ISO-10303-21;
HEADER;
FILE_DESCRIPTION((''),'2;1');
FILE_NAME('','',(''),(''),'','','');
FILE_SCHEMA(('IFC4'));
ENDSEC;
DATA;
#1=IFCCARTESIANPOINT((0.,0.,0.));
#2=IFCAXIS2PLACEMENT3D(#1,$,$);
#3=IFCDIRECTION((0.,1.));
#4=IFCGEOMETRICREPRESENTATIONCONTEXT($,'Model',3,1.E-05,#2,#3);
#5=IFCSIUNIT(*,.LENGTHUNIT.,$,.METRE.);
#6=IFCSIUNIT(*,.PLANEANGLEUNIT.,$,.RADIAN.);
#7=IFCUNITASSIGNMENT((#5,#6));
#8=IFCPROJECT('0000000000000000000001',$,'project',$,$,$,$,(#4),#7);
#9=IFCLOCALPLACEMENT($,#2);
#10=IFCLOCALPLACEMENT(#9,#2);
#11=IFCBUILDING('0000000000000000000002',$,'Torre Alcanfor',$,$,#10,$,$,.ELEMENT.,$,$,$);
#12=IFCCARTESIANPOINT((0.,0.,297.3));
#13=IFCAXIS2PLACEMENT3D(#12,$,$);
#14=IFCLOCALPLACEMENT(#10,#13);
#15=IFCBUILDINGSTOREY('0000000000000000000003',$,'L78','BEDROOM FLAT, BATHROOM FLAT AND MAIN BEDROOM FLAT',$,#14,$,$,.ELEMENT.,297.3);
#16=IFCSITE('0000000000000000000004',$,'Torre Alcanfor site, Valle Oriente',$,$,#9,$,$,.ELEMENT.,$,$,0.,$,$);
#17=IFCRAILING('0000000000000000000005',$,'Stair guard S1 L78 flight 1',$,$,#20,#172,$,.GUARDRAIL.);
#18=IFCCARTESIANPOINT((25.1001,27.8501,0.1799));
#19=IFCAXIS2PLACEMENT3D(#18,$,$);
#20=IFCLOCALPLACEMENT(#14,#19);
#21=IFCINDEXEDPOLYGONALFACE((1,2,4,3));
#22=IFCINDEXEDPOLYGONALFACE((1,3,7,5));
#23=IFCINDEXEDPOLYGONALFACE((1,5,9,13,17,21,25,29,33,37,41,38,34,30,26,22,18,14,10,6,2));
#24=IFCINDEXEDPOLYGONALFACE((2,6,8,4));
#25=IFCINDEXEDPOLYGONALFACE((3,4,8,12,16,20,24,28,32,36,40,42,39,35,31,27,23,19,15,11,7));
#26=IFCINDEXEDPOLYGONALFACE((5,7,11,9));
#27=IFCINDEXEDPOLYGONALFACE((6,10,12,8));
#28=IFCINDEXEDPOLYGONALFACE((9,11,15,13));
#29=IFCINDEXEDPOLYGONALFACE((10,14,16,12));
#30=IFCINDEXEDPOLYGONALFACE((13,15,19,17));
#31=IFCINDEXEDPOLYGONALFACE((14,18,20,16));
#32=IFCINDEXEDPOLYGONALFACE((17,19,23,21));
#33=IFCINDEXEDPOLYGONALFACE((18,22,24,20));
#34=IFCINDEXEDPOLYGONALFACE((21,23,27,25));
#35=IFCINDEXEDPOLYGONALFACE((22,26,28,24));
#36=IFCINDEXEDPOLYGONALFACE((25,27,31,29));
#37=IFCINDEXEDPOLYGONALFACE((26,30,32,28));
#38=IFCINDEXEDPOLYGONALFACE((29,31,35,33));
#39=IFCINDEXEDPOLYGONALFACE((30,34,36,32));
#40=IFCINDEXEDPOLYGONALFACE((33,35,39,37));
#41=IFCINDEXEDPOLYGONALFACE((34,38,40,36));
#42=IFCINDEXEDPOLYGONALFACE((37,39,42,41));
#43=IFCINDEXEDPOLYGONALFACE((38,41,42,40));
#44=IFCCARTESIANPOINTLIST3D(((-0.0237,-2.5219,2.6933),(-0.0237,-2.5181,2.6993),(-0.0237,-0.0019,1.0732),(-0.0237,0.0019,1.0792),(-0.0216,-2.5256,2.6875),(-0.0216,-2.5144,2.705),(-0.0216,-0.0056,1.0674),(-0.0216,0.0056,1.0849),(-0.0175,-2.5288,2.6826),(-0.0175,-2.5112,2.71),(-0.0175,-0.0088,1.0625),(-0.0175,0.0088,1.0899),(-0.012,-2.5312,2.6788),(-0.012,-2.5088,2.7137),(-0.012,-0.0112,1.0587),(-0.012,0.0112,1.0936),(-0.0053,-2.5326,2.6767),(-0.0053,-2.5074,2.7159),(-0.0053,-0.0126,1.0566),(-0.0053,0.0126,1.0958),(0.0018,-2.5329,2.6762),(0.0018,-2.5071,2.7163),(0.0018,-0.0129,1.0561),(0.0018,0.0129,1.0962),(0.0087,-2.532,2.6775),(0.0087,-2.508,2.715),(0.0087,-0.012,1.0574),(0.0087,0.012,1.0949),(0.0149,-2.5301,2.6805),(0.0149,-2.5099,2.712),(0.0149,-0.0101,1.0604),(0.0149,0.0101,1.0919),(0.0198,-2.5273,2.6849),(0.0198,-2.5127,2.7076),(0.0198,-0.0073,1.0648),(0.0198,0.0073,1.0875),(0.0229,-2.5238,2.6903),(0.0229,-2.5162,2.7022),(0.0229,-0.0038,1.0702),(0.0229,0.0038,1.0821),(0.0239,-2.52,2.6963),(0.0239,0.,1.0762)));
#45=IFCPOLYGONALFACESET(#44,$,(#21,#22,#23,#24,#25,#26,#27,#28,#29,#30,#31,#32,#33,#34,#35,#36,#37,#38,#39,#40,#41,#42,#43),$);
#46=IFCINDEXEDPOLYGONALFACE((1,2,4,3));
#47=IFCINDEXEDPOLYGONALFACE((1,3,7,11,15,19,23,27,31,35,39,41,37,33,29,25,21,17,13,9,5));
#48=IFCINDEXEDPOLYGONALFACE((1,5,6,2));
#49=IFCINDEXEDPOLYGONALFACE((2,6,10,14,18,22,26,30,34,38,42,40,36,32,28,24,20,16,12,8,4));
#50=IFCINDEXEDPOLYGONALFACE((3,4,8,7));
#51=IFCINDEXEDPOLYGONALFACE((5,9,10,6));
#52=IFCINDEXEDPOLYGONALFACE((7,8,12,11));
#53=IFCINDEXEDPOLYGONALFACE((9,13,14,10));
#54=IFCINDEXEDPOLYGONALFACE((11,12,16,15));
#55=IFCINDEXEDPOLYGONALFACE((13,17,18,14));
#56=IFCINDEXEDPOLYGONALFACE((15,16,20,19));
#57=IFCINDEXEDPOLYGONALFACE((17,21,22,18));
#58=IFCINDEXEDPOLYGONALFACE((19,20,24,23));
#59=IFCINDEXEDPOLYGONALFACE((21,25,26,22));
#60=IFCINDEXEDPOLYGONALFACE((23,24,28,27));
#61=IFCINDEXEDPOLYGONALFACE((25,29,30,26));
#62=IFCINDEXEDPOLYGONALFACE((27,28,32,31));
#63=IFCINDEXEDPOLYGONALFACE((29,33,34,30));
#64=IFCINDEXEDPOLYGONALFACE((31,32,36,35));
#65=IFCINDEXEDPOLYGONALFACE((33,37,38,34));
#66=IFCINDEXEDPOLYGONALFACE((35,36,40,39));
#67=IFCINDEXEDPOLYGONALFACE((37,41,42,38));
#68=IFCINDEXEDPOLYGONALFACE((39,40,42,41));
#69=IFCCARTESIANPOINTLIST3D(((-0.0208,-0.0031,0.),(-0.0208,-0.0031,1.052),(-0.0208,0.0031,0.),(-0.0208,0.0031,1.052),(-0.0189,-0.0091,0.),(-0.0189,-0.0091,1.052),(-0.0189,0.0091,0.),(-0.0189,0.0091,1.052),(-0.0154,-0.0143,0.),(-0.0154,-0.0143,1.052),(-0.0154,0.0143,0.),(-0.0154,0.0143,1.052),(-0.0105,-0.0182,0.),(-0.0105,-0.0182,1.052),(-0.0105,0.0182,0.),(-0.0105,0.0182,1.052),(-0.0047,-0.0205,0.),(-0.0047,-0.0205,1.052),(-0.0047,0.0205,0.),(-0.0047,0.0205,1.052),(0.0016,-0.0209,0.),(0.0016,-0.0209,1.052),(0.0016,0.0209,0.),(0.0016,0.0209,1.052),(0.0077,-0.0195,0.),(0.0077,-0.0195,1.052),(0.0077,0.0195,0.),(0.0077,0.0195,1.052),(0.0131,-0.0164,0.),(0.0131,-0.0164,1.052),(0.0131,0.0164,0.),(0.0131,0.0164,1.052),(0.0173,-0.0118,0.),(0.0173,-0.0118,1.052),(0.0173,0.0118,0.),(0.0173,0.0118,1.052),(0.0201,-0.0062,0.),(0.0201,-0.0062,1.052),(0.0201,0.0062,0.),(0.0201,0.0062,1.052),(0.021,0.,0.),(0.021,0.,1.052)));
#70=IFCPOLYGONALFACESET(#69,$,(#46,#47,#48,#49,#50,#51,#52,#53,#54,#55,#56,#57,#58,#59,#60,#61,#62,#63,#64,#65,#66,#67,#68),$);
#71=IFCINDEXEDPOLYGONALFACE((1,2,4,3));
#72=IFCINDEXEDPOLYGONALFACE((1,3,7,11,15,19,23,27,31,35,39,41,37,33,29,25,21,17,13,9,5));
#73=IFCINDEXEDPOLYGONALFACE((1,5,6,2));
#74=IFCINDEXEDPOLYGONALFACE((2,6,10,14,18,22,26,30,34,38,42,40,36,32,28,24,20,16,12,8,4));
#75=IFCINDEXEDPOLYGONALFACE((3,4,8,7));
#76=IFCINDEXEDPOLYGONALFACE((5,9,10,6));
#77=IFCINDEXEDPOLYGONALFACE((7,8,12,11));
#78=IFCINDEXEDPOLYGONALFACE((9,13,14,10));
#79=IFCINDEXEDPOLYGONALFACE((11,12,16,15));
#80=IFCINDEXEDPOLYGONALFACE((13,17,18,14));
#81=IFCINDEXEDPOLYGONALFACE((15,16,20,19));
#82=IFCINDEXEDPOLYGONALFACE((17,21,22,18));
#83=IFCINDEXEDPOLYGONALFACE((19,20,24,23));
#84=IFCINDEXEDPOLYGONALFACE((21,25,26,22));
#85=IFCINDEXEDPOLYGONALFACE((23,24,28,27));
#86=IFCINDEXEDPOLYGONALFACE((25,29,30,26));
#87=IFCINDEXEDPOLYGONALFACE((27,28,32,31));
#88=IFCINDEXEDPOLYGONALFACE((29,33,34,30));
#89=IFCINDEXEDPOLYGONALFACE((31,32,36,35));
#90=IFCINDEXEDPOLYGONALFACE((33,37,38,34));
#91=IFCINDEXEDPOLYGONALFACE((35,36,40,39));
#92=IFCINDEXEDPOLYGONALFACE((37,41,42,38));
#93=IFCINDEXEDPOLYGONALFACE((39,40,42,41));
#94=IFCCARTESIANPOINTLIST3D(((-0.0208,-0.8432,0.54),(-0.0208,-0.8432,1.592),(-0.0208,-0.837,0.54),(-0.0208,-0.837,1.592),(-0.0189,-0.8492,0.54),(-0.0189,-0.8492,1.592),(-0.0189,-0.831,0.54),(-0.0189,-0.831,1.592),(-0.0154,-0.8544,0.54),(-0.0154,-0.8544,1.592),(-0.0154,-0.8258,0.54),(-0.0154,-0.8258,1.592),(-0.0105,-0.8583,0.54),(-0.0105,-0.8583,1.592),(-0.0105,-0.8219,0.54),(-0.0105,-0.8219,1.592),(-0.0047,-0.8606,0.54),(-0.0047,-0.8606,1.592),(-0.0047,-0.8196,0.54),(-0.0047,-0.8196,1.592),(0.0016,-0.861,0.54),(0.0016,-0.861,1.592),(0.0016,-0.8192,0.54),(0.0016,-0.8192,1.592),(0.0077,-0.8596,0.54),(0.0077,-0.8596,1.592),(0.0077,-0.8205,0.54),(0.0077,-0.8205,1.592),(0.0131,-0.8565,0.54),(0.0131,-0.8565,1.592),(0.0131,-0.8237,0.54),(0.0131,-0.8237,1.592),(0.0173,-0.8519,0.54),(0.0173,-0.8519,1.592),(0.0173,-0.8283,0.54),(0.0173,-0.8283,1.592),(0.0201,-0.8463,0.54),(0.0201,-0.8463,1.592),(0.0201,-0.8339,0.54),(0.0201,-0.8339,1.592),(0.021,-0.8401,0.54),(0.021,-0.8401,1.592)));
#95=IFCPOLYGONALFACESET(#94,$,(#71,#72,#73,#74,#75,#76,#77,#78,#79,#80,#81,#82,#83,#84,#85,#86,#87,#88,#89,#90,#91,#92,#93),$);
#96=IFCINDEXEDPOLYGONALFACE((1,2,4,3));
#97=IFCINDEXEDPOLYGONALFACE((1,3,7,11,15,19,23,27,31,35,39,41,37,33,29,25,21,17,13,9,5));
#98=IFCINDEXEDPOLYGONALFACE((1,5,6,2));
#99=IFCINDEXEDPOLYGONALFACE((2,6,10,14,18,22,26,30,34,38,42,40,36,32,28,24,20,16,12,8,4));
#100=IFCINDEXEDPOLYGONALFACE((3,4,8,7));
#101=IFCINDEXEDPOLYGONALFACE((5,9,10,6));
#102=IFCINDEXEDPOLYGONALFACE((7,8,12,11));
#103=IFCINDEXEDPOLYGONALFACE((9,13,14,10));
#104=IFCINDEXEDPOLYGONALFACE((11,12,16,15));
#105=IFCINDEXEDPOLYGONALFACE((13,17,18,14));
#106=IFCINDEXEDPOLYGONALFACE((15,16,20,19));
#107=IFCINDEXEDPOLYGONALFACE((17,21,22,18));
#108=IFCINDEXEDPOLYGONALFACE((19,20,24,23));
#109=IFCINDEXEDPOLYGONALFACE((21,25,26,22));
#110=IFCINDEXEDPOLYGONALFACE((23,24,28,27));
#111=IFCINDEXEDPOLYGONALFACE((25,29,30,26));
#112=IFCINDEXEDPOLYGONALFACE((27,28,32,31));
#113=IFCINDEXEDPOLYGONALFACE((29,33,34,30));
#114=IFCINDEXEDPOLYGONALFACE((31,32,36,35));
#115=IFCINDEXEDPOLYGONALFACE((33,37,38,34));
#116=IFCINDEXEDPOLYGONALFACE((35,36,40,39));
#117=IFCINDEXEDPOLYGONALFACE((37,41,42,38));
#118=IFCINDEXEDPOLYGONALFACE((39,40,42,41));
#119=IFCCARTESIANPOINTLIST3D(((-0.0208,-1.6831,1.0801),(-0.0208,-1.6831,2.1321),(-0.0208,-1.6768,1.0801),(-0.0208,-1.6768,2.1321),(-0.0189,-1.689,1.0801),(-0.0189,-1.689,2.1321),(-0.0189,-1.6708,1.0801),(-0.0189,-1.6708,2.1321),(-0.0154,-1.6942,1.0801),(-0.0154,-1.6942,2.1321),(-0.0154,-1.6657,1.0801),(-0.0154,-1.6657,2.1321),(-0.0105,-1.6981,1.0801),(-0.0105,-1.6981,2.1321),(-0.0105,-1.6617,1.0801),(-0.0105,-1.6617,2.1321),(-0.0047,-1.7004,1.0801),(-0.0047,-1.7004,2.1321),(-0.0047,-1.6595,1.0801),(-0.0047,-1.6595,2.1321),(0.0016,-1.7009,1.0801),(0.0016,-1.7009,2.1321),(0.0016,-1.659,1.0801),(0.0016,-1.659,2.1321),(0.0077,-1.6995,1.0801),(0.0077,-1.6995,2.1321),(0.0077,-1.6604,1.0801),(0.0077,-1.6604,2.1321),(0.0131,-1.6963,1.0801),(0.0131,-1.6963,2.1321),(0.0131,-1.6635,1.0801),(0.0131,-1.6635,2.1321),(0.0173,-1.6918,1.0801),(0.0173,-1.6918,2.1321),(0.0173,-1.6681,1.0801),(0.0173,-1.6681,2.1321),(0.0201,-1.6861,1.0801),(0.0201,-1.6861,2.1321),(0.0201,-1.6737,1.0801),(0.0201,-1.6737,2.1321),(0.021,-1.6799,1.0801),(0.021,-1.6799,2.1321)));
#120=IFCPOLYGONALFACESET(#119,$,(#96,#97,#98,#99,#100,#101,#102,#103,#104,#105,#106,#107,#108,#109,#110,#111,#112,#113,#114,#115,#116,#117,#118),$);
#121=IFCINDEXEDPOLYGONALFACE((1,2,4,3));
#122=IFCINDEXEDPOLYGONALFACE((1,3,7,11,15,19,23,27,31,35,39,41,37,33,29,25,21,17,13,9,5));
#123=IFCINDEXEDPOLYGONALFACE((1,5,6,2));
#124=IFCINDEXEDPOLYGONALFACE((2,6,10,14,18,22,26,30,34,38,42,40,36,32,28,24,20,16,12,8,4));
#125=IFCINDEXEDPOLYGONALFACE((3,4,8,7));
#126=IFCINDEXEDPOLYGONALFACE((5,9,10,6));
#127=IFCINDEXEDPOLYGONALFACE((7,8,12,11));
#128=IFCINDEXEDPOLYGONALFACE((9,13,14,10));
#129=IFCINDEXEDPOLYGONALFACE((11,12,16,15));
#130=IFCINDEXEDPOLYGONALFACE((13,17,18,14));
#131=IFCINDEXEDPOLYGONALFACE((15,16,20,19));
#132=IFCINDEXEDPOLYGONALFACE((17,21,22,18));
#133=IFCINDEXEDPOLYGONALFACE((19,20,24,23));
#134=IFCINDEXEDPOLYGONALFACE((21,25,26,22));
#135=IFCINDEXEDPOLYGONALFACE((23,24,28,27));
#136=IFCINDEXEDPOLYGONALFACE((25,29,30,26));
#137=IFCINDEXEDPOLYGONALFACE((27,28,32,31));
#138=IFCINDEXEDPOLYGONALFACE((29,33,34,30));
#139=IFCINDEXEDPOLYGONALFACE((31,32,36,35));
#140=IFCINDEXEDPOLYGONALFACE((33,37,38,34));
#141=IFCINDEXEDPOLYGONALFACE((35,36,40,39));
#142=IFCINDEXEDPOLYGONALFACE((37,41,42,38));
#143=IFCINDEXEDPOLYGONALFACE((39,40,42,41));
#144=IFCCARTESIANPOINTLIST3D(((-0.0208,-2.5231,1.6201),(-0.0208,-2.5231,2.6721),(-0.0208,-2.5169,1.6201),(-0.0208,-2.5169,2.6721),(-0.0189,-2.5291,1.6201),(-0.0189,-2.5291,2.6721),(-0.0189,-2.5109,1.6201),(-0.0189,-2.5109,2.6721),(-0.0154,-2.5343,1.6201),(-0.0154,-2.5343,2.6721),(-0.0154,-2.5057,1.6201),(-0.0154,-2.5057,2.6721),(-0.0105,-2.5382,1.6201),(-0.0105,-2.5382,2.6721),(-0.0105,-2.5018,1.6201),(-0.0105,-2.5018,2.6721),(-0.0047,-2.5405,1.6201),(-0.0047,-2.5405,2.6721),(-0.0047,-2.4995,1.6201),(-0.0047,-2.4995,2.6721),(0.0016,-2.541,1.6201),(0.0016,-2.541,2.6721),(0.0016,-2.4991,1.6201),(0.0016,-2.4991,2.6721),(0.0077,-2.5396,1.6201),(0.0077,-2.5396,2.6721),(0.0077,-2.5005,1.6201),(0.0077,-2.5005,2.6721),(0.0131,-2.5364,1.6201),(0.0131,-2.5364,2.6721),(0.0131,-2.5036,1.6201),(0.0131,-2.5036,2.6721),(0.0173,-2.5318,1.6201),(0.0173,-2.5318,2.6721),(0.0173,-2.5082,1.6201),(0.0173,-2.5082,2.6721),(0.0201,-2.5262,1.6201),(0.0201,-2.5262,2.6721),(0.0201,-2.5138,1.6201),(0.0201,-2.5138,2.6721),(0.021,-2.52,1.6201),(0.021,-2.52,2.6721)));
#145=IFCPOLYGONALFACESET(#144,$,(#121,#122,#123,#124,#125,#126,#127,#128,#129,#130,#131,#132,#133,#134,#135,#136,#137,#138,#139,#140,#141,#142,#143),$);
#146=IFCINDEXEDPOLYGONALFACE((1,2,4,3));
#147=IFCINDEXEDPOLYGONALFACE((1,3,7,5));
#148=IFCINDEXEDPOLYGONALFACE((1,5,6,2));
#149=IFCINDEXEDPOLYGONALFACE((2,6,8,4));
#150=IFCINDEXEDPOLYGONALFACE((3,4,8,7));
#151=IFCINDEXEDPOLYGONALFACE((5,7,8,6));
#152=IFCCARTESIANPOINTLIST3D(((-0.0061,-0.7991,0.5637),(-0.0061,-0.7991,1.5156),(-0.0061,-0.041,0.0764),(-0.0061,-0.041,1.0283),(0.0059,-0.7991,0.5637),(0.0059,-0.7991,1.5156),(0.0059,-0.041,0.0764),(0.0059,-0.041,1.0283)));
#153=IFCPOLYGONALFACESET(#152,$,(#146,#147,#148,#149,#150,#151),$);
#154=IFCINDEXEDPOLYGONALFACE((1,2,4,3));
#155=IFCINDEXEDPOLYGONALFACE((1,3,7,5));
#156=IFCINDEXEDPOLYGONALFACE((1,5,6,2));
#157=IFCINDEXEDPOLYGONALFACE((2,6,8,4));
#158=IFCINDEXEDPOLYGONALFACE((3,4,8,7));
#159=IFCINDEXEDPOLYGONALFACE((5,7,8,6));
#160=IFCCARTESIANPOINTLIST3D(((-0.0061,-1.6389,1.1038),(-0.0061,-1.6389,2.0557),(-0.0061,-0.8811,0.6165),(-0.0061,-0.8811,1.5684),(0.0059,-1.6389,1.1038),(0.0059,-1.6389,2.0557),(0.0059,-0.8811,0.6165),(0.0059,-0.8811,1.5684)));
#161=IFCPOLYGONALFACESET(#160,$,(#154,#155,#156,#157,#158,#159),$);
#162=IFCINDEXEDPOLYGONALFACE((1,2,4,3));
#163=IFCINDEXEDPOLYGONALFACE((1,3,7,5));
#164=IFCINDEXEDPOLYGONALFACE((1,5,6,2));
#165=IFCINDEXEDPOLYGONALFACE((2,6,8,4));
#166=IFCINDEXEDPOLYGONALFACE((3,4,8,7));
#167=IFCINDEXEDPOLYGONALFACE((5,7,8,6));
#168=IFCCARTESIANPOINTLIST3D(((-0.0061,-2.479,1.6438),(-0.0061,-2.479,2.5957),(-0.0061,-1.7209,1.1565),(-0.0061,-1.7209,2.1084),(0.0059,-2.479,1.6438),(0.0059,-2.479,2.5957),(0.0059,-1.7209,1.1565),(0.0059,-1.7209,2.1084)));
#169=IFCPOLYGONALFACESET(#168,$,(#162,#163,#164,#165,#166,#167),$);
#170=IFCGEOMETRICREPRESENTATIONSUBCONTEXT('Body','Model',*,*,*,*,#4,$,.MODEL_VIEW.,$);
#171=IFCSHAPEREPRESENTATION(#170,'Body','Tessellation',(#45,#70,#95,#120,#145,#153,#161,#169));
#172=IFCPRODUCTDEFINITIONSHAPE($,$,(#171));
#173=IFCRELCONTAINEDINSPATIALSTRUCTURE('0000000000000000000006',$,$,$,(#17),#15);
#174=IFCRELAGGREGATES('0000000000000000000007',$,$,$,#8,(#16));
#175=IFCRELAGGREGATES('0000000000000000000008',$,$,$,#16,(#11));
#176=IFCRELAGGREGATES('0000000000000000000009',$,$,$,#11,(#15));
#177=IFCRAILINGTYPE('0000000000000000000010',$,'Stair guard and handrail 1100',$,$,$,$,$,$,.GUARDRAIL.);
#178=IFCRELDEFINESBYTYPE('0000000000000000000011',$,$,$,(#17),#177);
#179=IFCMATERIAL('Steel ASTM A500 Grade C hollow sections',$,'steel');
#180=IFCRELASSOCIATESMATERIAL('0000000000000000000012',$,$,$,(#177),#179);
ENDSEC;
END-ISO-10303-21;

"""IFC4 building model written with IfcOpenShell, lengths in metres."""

from ifc_helpers import new_model, si_unit, direction, frame, origin, origin_2d, place, context, subcontext, project, spatial, polyline, circle, outline, extrude, material, type_object, element, save


model = new_model("IFC4")

# Units and contexts
model_context = context("Model", 3, precision=1e-05, world=origin(), true_north=direction((0.0, 1.0)))
body_context = subcontext(model_context, "Body", "Model", "MODEL_VIEW")
ifc_project = project(units=[si_unit("LENGTHUNIT", "METRE"), si_unit("PLANEANGLEUNIT", "RADIAN")], contexts=[model_context])

# Site, building, storey
site_placement = place(None, origin())
site = spatial("IfcSite", under=ifc_project, at=site_placement, Name="Torre Alcanfor site, Valle Oriente", CompositionType="ELEMENT", RefElevation=0.0)
building_placement = place(site_placement, origin())
building = spatial("IfcBuilding", under=site, at=building_placement, Name="Torre Alcanfor", CompositionType="ELEMENT")
storey_placement = place(building_placement, frame((0.0, 0.0, 297.3)))
storey = spatial("IfcBuildingStorey", under=building, at=storey_placement, Name="L78", Description="BEDROOM FLAT, BATHROOM FLAT AND MAIN BEDROOM FLAT", CompositionType="ELEMENT", Elevation=297.3)

# Railing
ifc_material_1 = material(Name="Steel ASTM A500 Grade C hollow sections", Category="steel")
railing_type_1 = type_object("IfcRailingType", Name="Stair guard and handrail 1100", PredefinedType="GUARDRAIL", material=ifc_material_1)
railing_1_placement = place(storey_placement, frame((25.1001, 27.8501, 0.1799)))
element("IfcRailing", 1, at=railing_1_placement, inside=storey, type_object=railing_type_1, Name="Stair guard S1 L78 flight 1", PredefinedType="GUARDRAIL", context=body_context, shape_type="SweptSolid", body=[
    extrude(circle(Radius=0.0239, at=origin_2d()), frame((0.0, 0.0, 1.0762), z_axis=(0.0, -0.841163, 0.540782), x_axis=(1.0, 0.0, 0.0)), (0.0, 0.0, 1.0), 2.9958),
    extrude(circle(Radius=0.021, at=origin_2d()), origin(), (0.0, 0.0, 1.0), 1.052),
    extrude(circle(Radius=0.021, at=origin_2d()), frame((0.0, -0.8401, 0.54)), (0.0, 0.0, 1.0), 1.052),
    extrude(circle(Radius=0.021, at=origin_2d()), frame((0.0, -1.6799, 1.0801)), (0.0, 0.0, 1.0), 1.052),
    extrude(circle(Radius=0.021, at=origin_2d()), frame((0.0, -2.52, 1.6201)), (0.0, 0.0, 1.0), 1.052),
    extrude(outline(polyline([(0.041, 0.0764), (0.7991, 0.5637), (0.7991, 1.5156), (0.041, 1.0283), (0.041, 0.0764)])), frame((0.0059, 0.0, 0.0), z_axis=(-1.0, 0.0, 0.0), x_axis=(0.0, -1.0, 0.0)), (0.0, 0.0, 1.0), 0.012),
    extrude(outline(polyline([(0.8811, 0.6165), (1.6389, 1.1038), (1.6389, 2.0557), (0.8811, 1.5684), (0.8811, 0.6165)])), frame((0.0059, 0.0, 0.0), z_axis=(-1.0, 0.0, 0.0), x_axis=(0.0, -1.0, 0.0)), (0.0, 0.0, 1.0), 0.012),
    extrude(outline(polyline([(1.7209, 1.1565), (2.479, 1.6438), (2.479, 2.5957), (1.7209, 2.1084), (1.7209, 1.1565)])), frame((0.0059, 0.0, 0.0), z_axis=(-1.0, 0.0, 0.0), x_axis=(0.0, -1.0, 0.0)), (0.0, 0.0, 1.0), 0.012),
])

save(model, "model.ifc")
